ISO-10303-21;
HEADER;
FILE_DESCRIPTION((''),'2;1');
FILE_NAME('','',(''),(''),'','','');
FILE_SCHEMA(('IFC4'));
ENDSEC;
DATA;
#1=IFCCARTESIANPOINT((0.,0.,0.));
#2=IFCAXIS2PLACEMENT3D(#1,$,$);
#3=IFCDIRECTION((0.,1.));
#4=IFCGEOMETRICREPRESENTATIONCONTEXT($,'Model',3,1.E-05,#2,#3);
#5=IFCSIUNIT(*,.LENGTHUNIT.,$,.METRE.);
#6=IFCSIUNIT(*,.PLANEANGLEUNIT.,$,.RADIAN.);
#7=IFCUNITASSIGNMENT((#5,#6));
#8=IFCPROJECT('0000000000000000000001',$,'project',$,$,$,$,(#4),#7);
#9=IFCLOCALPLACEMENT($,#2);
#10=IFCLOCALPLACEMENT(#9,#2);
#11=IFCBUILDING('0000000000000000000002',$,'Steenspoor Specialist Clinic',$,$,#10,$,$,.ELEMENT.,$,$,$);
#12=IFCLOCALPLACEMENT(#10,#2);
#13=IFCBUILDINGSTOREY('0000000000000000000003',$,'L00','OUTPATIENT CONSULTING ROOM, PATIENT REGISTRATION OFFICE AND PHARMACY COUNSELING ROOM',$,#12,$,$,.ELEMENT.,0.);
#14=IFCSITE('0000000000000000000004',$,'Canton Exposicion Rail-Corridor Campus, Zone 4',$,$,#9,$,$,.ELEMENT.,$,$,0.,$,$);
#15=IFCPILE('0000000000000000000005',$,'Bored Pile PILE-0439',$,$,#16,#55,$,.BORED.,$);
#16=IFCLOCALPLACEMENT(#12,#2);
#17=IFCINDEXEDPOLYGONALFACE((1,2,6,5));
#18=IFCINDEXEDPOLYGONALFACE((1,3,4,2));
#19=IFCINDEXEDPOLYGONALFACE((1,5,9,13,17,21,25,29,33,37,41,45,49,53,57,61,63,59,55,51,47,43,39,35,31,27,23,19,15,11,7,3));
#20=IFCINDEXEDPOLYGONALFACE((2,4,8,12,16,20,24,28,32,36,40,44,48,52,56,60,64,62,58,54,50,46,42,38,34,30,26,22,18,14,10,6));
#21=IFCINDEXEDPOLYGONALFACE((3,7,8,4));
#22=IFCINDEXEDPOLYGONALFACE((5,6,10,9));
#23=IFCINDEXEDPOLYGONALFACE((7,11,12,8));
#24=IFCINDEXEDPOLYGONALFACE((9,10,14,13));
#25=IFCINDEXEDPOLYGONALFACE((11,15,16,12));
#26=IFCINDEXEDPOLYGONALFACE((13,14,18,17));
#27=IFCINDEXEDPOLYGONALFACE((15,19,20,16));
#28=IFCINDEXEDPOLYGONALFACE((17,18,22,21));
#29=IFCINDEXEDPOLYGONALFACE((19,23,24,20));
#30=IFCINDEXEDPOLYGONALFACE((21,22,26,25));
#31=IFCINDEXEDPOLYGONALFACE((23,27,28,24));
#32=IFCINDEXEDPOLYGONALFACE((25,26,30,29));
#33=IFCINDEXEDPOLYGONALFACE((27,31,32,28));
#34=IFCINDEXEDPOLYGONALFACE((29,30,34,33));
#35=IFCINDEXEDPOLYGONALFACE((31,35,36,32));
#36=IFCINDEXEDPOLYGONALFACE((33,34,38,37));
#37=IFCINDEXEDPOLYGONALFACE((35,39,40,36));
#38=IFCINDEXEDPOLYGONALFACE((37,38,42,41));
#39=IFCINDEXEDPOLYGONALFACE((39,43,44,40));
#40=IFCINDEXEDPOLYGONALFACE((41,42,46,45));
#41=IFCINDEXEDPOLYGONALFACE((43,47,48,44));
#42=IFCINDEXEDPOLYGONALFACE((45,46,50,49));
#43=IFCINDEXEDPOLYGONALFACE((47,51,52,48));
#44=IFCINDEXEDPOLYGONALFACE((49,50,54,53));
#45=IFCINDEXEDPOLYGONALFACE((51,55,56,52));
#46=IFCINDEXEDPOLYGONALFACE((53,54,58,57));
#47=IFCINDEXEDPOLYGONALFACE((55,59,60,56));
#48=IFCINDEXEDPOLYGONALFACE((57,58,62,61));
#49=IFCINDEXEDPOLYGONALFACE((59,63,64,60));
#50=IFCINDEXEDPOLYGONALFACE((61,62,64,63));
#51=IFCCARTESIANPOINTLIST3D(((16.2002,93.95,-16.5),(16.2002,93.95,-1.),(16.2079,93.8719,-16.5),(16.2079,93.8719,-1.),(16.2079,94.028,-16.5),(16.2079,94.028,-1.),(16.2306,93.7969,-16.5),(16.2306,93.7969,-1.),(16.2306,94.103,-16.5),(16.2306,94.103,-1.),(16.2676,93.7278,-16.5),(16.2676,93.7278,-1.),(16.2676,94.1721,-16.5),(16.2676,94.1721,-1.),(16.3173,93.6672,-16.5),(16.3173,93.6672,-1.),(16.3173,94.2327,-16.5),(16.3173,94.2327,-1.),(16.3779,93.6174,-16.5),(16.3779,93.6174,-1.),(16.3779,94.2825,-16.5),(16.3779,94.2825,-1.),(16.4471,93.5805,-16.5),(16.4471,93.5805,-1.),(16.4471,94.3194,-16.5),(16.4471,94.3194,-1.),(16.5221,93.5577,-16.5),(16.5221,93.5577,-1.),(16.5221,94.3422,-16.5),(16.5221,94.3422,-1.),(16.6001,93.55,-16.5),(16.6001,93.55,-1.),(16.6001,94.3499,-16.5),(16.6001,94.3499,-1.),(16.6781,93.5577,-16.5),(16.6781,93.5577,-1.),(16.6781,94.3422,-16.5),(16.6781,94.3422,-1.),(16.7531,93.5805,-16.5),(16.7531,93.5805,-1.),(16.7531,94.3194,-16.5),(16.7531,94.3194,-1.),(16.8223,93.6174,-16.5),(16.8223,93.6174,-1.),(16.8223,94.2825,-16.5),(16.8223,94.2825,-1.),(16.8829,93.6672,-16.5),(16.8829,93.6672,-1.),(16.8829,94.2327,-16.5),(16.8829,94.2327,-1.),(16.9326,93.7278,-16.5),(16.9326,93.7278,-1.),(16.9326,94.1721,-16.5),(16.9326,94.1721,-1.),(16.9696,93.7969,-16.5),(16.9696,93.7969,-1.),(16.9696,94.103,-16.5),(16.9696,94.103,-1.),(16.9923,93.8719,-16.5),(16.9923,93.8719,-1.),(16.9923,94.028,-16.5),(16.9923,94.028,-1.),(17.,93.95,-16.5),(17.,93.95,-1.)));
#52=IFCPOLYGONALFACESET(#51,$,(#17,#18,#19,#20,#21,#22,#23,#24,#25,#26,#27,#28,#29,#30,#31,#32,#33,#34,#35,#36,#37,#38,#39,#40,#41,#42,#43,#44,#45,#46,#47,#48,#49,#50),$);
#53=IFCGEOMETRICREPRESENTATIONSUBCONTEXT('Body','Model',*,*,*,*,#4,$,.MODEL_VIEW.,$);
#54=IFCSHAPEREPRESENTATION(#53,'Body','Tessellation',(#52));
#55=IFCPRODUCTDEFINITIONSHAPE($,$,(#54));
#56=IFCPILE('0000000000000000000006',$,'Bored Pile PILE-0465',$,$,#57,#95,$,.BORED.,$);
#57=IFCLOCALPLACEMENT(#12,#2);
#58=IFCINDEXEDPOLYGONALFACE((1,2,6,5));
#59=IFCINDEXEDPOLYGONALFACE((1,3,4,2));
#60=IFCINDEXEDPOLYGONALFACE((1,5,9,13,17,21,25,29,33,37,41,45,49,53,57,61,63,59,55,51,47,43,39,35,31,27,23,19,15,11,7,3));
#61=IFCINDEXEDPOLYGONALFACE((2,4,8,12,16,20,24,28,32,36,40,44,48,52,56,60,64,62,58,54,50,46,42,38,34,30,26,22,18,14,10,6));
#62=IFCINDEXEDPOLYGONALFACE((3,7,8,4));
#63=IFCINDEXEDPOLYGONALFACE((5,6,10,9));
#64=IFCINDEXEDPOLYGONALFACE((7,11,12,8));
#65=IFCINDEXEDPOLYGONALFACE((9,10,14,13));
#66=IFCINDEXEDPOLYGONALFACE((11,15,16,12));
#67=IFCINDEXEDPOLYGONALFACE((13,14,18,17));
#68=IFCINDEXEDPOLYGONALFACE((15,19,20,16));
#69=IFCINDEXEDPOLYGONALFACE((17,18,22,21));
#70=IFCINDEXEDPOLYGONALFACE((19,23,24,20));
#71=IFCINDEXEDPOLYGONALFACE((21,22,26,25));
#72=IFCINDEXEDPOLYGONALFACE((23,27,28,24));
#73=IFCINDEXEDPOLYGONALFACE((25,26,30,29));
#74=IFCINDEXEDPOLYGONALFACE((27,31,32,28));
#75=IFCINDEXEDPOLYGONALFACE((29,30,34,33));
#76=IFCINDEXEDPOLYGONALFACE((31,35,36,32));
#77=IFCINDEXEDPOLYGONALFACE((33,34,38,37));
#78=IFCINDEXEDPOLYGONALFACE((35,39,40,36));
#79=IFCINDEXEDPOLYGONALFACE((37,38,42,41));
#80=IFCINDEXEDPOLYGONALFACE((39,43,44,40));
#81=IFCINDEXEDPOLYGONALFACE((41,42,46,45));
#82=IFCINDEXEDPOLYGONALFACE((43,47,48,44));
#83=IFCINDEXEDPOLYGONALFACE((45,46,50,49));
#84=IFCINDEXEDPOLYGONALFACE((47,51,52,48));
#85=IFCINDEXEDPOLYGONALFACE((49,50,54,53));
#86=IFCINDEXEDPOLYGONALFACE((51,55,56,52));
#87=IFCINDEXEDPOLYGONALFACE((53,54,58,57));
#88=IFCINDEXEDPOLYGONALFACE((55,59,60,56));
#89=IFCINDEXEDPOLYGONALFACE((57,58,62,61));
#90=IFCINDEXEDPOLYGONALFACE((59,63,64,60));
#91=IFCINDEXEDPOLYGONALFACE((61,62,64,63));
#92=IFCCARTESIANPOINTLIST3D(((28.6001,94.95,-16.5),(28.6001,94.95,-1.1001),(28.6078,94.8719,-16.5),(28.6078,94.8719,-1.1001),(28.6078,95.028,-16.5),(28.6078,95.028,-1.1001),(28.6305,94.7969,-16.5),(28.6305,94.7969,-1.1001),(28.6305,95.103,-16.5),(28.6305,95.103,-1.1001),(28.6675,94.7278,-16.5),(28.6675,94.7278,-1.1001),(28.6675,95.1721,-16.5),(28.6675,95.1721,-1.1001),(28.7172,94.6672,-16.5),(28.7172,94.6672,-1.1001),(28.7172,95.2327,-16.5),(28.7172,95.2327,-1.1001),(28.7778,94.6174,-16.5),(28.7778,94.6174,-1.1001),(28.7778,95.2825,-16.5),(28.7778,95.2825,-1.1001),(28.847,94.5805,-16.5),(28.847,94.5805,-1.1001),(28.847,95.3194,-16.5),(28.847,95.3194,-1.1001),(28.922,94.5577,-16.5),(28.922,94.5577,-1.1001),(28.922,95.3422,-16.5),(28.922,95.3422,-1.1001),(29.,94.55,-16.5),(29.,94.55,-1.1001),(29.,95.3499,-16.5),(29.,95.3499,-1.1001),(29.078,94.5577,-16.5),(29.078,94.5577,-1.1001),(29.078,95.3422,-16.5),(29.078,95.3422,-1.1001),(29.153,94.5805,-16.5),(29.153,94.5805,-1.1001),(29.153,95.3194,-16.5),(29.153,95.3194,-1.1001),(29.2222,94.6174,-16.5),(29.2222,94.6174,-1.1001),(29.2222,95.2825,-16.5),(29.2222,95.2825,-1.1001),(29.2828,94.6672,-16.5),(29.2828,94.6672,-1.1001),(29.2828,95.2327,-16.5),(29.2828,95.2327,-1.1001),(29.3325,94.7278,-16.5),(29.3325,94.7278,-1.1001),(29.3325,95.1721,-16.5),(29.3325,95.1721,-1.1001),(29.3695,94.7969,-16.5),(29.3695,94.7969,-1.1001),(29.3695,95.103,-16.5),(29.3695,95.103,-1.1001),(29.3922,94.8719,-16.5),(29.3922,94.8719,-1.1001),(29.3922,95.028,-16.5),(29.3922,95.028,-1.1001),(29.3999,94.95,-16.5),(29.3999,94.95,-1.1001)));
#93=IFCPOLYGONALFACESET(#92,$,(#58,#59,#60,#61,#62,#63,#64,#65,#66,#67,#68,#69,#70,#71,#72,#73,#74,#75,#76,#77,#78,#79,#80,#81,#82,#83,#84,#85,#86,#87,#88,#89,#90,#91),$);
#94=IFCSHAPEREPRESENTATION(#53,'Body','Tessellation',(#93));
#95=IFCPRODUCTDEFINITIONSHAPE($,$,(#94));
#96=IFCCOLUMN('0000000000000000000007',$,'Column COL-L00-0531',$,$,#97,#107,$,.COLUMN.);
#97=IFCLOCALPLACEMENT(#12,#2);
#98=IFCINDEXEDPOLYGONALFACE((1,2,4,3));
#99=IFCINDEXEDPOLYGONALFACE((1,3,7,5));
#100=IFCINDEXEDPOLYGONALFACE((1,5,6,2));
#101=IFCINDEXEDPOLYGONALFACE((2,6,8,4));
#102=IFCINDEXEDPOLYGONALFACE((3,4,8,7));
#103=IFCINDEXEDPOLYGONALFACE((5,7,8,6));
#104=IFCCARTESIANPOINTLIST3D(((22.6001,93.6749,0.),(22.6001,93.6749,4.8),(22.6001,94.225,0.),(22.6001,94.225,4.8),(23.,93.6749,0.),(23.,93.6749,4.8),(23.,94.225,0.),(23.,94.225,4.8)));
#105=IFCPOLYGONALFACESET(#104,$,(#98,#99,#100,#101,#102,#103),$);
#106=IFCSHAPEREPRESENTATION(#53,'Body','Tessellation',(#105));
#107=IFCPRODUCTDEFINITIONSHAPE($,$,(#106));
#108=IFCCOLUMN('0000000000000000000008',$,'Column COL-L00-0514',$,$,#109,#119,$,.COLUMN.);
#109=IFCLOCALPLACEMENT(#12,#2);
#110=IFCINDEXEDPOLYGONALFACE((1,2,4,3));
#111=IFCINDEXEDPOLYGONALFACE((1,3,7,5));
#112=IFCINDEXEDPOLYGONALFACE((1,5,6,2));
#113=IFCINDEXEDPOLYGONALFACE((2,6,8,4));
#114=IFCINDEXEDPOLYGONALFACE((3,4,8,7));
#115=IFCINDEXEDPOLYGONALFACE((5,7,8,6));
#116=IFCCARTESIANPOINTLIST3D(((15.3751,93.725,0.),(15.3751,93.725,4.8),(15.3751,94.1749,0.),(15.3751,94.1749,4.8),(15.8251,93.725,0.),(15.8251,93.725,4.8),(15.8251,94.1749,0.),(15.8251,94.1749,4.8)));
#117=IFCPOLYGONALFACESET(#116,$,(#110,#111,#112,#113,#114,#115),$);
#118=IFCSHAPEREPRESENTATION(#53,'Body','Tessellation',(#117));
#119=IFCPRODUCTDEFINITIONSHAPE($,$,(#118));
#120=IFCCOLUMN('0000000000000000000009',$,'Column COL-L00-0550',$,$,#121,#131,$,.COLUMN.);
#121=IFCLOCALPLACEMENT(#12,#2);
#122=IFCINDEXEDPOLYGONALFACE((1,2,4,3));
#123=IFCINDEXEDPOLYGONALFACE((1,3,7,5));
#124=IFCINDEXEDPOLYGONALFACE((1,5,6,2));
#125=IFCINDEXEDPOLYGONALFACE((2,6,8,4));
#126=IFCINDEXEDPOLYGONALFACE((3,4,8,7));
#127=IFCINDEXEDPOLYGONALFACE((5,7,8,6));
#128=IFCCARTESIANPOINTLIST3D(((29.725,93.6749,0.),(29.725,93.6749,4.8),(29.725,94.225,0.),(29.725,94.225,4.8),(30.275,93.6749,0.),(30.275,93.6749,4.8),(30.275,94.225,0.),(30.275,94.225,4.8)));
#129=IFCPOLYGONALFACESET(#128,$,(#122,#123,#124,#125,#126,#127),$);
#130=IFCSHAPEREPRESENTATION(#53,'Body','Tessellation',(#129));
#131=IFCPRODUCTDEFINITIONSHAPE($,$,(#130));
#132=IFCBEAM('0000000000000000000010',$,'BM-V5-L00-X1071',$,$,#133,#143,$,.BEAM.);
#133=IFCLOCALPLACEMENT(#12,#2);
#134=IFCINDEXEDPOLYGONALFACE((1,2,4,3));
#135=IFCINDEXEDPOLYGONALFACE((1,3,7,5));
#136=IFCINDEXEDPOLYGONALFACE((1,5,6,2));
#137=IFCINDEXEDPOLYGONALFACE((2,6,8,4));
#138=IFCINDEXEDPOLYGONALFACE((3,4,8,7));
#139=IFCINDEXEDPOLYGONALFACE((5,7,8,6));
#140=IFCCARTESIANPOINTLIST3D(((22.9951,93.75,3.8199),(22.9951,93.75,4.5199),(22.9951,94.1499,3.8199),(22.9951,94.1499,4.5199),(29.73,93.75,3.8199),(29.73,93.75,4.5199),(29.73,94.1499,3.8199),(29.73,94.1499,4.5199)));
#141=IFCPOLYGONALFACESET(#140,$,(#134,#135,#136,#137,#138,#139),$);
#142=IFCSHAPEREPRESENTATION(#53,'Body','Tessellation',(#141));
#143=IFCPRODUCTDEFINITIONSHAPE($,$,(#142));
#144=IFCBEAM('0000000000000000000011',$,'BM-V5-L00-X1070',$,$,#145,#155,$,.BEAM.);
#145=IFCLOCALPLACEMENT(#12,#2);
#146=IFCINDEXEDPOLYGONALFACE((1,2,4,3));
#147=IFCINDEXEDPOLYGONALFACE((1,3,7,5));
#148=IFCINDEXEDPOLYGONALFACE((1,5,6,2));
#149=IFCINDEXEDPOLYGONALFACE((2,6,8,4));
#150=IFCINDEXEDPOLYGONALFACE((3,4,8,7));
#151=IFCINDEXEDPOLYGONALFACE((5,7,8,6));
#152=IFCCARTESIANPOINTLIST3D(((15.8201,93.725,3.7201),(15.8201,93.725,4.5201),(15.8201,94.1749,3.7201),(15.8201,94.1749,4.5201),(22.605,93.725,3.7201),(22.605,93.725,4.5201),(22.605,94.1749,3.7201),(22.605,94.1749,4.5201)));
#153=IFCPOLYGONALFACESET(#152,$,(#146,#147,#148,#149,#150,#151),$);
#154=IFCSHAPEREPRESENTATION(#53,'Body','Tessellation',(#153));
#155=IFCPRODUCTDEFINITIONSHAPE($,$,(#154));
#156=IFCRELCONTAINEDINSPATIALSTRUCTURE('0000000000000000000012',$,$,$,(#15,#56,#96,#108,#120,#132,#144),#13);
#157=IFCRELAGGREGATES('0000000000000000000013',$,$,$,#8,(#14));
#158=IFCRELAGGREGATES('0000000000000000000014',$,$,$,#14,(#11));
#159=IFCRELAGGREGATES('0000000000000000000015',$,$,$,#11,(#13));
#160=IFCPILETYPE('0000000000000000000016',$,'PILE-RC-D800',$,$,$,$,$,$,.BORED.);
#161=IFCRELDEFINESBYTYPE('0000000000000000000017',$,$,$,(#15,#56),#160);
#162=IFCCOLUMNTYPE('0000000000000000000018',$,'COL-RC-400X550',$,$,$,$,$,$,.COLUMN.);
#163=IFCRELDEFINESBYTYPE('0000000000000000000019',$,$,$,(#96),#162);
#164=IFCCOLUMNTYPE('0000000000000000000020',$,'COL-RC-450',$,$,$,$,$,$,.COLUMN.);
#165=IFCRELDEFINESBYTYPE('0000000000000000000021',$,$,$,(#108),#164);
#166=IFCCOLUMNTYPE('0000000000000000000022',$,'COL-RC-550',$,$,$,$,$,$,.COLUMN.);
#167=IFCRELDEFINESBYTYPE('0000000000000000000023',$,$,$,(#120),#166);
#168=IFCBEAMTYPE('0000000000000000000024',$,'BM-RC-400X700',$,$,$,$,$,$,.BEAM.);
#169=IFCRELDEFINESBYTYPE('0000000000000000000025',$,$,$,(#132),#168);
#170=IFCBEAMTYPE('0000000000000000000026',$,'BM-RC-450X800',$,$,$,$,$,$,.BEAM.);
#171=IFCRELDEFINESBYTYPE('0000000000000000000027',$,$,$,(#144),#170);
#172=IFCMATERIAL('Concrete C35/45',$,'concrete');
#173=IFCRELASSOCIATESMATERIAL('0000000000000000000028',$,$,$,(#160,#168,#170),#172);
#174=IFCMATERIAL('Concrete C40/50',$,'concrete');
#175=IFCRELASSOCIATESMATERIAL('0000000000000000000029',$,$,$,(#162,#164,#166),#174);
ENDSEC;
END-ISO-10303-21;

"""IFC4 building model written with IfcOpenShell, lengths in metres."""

from ifc_helpers import new_model, si_unit, direction, frame, origin, origin_2d, place, context, subcontext, project, spatial, rectangle, circle, extrude, material, material_profile, profile_set, type_object, element, save


model = new_model("IFC4")

# Units and contexts
model_context = context("Model", 3, precision=1e-05, world=origin(), true_north=direction((0.0, 1.0)))
body_context = subcontext(model_context, "Body", "Model", "MODEL_VIEW")
ifc_project = project(units=[si_unit("LENGTHUNIT", "METRE"), si_unit("PLANEANGLEUNIT", "RADIAN")], contexts=[model_context])

# Site, building, storey
site_placement = place(None, origin())
site = spatial("IfcSite", under=ifc_project, at=site_placement, Name="Canton Exposicion Rail-Corridor Campus, Zone 4", CompositionType="ELEMENT", RefElevation=0.0)
building_placement = place(site_placement, origin())
building = spatial("IfcBuilding", under=site, at=building_placement, Name="Steenspoor Specialist Clinic", CompositionType="ELEMENT")
storey_placement = place(building_placement, origin())
storey = spatial("IfcBuildingStorey", under=building, at=storey_placement, Name="L00", Description="OUTPATIENT CONSULTING ROOM, PATIENT REGISTRATION OFFICE AND PHARMACY COUNSELING ROOM", CompositionType="ELEMENT", Elevation=0.0)

# Shared definitions
ifc_material_1 = material(Name="Concrete C35/45", Category="concrete")

# Piles
ifc_material_profile_1 = material_profile(ifc_material_1, circle(Radius=0.3999, at=origin_2d()), Name="PILE-D800")
ifc_profile_set_1 = profile_set([ifc_material_profile_1], Name="Concrete C35/45")
pile_type_1 = type_object("IfcPileType", Name="PILE-RC-D800", PredefinedType="BORED", material=ifc_profile_set_1)
for number, where, z_axis, x_axis, name in (
    (1, (16.6001, 93.95, -1.0), (0.0, 0.0, -1.0), (1.0, 0.0, 0.0), "Bored Pile PILE-0439"),
):
    element("IfcPile", number, at=place(storey_placement, frame(where, z_axis=z_axis, x_axis=x_axis)), inside=storey, type_object=pile_type_1, Name=name, PredefinedType="BORED", context=body_context, shape_type="SweptSolid", body=[
        extrude(circle(Radius=0.3999, at=origin_2d()), origin(), (0.0, 0.0, 1.0), 15.5),
    ])
pile_1_placement = place(storey_placement, frame((29.0, 94.95, -1.1001), z_axis=(0.0, 0.0, -1.0), x_axis=(1.0, 0.0, 0.0)))
element("IfcPile", 2, at=pile_1_placement, inside=storey, type_object=pile_type_1, Name="Bored Pile PILE-0465", PredefinedType="BORED", context=body_context, shape_type="SweptSolid", body=[
    extrude(circle(Radius=0.3999, at=origin_2d()), origin(), (0.0, 0.0, 1.0), 15.3999),
])

# Columns
ifc_material_2 = material(Name="Concrete C40/50", Category="concrete")
ifc_material_profile_2 = material_profile(ifc_material_2, rectangle(XDim=0.3999, YDim=0.55, at=origin_2d()), Name="RC-COL-400X550")
ifc_profile_set_2 = profile_set([ifc_material_profile_2], Name="Concrete C40/50")
column_type_1 = type_object("IfcColumnType", Name="COL-RC-400X550", PredefinedType="COLUMN", material=ifc_profile_set_2)
column_1_placement = place(storey_placement, frame((22.8, 93.95, 0.0), z_axis=(0.0, 0.0, 1.0), x_axis=(1.0, 0.0, 0.0)))
element("IfcColumn", 3, at=column_1_placement, inside=storey, type_object=column_type_1, Name="Column COL-L00-0531", PredefinedType="COLUMN", context=body_context, shape_type="SweptSolid", body=[
    extrude(rectangle(XDim=0.3999, YDim=0.55, at=origin_2d()), origin(), (0.0, 0.0, 1.0), 4.8),
])
ifc_material_profile_3 = material_profile(ifc_material_2, rectangle(XDim=0.45, YDim=0.45, at=origin_2d()), Name="RC-COL-450X450")
ifc_profile_set_3 = profile_set([ifc_material_profile_3], Name="Concrete C40/50")
column_type_2 = type_object("IfcColumnType", Name="COL-RC-450", PredefinedType="COLUMN", material=ifc_profile_set_3)
column_2_placement = place(storey_placement, frame((15.6001, 93.95, 0.0), z_axis=(0.0, 0.0, 1.0), x_axis=(1.0, 0.0, 0.0)))
element("IfcColumn", 4, at=column_2_placement, inside=storey, type_object=column_type_2, Name="Column COL-L00-0514", PredefinedType="COLUMN", context=body_context, shape_type="SweptSolid", body=[
    extrude(rectangle(XDim=0.45, YDim=0.45, at=origin_2d()), origin(), (0.0, 0.0, 1.0), 4.8),
])
ifc_material_profile_4 = material_profile(ifc_material_2, rectangle(XDim=0.55, YDim=0.55, at=origin_2d()), Name="RC-COL-550X550")
ifc_profile_set_4 = profile_set([ifc_material_profile_4], Name="Concrete C40/50")
column_type_3 = type_object("IfcColumnType", Name="COL-RC-550", PredefinedType="COLUMN", material=ifc_profile_set_4)
column_3_placement = place(storey_placement, frame((30.0, 93.95, 0.0), z_axis=(0.0, 0.0, 1.0), x_axis=(1.0, 0.0, 0.0)))
element("IfcColumn", 5, at=column_3_placement, inside=storey, type_object=column_type_3, Name="Column COL-L00-0550", PredefinedType="COLUMN", context=body_context, shape_type="SweptSolid", body=[
    extrude(rectangle(XDim=0.55, YDim=0.55, at=origin_2d()), origin(), (0.0, 0.0, 1.0), 4.8),
])

# Beams
ifc_material_profile_5 = material_profile(ifc_material_1, rectangle(XDim=0.3999, YDim=0.7, at=origin_2d()), Name="RC-BM-400X700")
ifc_profile_set_5 = profile_set([ifc_material_profile_5], Name="Concrete C35/45")
beam_type_1 = type_object("IfcBeamType", Name="BM-RC-400X700", PredefinedType="BEAM", material=ifc_profile_set_5)
beam_1_placement = place(storey_placement, frame((22.9951, 93.95, 4.1699), z_axis=(1.0, 0.0, 0.0), x_axis=(0.0, 1.0, 0.0)))
element("IfcBeam", 6, at=beam_1_placement, inside=storey, type_object=beam_type_1, Name="BM-V5-L00-X1071", PredefinedType="BEAM", context=body_context, shape_type="SweptSolid", body=[
    extrude(rectangle(XDim=0.3999, YDim=0.7, at=origin_2d()), origin(), (0.0, 0.0, 1.0), 6.7349),
])
ifc_material_profile_6 = material_profile(ifc_material_1, rectangle(XDim=0.45, YDim=0.8, at=origin_2d()), Name="RC-BM-450X800")
ifc_profile_set_6 = profile_set([ifc_material_profile_6], Name="Concrete C35/45")
beam_type_2 = type_object("IfcBeamType", Name="BM-RC-450X800", PredefinedType="BEAM", material=ifc_profile_set_6)
beam_2_placement = place(storey_placement, frame((15.8201, 93.95, 4.1201), z_axis=(1.0, 0.0, 0.0), x_axis=(0.0, 1.0, 0.0)))
element("IfcBeam", 7, at=beam_2_placement, inside=storey, type_object=beam_type_2, Name="BM-V5-L00-X1070", PredefinedType="BEAM", context=body_context, shape_type="SweptSolid", body=[
    extrude(rectangle(XDim=0.45, YDim=0.8, at=origin_2d()), origin(), (0.0, 0.0, 1.0), 6.7849),
])

save(model, "model.ifc")
